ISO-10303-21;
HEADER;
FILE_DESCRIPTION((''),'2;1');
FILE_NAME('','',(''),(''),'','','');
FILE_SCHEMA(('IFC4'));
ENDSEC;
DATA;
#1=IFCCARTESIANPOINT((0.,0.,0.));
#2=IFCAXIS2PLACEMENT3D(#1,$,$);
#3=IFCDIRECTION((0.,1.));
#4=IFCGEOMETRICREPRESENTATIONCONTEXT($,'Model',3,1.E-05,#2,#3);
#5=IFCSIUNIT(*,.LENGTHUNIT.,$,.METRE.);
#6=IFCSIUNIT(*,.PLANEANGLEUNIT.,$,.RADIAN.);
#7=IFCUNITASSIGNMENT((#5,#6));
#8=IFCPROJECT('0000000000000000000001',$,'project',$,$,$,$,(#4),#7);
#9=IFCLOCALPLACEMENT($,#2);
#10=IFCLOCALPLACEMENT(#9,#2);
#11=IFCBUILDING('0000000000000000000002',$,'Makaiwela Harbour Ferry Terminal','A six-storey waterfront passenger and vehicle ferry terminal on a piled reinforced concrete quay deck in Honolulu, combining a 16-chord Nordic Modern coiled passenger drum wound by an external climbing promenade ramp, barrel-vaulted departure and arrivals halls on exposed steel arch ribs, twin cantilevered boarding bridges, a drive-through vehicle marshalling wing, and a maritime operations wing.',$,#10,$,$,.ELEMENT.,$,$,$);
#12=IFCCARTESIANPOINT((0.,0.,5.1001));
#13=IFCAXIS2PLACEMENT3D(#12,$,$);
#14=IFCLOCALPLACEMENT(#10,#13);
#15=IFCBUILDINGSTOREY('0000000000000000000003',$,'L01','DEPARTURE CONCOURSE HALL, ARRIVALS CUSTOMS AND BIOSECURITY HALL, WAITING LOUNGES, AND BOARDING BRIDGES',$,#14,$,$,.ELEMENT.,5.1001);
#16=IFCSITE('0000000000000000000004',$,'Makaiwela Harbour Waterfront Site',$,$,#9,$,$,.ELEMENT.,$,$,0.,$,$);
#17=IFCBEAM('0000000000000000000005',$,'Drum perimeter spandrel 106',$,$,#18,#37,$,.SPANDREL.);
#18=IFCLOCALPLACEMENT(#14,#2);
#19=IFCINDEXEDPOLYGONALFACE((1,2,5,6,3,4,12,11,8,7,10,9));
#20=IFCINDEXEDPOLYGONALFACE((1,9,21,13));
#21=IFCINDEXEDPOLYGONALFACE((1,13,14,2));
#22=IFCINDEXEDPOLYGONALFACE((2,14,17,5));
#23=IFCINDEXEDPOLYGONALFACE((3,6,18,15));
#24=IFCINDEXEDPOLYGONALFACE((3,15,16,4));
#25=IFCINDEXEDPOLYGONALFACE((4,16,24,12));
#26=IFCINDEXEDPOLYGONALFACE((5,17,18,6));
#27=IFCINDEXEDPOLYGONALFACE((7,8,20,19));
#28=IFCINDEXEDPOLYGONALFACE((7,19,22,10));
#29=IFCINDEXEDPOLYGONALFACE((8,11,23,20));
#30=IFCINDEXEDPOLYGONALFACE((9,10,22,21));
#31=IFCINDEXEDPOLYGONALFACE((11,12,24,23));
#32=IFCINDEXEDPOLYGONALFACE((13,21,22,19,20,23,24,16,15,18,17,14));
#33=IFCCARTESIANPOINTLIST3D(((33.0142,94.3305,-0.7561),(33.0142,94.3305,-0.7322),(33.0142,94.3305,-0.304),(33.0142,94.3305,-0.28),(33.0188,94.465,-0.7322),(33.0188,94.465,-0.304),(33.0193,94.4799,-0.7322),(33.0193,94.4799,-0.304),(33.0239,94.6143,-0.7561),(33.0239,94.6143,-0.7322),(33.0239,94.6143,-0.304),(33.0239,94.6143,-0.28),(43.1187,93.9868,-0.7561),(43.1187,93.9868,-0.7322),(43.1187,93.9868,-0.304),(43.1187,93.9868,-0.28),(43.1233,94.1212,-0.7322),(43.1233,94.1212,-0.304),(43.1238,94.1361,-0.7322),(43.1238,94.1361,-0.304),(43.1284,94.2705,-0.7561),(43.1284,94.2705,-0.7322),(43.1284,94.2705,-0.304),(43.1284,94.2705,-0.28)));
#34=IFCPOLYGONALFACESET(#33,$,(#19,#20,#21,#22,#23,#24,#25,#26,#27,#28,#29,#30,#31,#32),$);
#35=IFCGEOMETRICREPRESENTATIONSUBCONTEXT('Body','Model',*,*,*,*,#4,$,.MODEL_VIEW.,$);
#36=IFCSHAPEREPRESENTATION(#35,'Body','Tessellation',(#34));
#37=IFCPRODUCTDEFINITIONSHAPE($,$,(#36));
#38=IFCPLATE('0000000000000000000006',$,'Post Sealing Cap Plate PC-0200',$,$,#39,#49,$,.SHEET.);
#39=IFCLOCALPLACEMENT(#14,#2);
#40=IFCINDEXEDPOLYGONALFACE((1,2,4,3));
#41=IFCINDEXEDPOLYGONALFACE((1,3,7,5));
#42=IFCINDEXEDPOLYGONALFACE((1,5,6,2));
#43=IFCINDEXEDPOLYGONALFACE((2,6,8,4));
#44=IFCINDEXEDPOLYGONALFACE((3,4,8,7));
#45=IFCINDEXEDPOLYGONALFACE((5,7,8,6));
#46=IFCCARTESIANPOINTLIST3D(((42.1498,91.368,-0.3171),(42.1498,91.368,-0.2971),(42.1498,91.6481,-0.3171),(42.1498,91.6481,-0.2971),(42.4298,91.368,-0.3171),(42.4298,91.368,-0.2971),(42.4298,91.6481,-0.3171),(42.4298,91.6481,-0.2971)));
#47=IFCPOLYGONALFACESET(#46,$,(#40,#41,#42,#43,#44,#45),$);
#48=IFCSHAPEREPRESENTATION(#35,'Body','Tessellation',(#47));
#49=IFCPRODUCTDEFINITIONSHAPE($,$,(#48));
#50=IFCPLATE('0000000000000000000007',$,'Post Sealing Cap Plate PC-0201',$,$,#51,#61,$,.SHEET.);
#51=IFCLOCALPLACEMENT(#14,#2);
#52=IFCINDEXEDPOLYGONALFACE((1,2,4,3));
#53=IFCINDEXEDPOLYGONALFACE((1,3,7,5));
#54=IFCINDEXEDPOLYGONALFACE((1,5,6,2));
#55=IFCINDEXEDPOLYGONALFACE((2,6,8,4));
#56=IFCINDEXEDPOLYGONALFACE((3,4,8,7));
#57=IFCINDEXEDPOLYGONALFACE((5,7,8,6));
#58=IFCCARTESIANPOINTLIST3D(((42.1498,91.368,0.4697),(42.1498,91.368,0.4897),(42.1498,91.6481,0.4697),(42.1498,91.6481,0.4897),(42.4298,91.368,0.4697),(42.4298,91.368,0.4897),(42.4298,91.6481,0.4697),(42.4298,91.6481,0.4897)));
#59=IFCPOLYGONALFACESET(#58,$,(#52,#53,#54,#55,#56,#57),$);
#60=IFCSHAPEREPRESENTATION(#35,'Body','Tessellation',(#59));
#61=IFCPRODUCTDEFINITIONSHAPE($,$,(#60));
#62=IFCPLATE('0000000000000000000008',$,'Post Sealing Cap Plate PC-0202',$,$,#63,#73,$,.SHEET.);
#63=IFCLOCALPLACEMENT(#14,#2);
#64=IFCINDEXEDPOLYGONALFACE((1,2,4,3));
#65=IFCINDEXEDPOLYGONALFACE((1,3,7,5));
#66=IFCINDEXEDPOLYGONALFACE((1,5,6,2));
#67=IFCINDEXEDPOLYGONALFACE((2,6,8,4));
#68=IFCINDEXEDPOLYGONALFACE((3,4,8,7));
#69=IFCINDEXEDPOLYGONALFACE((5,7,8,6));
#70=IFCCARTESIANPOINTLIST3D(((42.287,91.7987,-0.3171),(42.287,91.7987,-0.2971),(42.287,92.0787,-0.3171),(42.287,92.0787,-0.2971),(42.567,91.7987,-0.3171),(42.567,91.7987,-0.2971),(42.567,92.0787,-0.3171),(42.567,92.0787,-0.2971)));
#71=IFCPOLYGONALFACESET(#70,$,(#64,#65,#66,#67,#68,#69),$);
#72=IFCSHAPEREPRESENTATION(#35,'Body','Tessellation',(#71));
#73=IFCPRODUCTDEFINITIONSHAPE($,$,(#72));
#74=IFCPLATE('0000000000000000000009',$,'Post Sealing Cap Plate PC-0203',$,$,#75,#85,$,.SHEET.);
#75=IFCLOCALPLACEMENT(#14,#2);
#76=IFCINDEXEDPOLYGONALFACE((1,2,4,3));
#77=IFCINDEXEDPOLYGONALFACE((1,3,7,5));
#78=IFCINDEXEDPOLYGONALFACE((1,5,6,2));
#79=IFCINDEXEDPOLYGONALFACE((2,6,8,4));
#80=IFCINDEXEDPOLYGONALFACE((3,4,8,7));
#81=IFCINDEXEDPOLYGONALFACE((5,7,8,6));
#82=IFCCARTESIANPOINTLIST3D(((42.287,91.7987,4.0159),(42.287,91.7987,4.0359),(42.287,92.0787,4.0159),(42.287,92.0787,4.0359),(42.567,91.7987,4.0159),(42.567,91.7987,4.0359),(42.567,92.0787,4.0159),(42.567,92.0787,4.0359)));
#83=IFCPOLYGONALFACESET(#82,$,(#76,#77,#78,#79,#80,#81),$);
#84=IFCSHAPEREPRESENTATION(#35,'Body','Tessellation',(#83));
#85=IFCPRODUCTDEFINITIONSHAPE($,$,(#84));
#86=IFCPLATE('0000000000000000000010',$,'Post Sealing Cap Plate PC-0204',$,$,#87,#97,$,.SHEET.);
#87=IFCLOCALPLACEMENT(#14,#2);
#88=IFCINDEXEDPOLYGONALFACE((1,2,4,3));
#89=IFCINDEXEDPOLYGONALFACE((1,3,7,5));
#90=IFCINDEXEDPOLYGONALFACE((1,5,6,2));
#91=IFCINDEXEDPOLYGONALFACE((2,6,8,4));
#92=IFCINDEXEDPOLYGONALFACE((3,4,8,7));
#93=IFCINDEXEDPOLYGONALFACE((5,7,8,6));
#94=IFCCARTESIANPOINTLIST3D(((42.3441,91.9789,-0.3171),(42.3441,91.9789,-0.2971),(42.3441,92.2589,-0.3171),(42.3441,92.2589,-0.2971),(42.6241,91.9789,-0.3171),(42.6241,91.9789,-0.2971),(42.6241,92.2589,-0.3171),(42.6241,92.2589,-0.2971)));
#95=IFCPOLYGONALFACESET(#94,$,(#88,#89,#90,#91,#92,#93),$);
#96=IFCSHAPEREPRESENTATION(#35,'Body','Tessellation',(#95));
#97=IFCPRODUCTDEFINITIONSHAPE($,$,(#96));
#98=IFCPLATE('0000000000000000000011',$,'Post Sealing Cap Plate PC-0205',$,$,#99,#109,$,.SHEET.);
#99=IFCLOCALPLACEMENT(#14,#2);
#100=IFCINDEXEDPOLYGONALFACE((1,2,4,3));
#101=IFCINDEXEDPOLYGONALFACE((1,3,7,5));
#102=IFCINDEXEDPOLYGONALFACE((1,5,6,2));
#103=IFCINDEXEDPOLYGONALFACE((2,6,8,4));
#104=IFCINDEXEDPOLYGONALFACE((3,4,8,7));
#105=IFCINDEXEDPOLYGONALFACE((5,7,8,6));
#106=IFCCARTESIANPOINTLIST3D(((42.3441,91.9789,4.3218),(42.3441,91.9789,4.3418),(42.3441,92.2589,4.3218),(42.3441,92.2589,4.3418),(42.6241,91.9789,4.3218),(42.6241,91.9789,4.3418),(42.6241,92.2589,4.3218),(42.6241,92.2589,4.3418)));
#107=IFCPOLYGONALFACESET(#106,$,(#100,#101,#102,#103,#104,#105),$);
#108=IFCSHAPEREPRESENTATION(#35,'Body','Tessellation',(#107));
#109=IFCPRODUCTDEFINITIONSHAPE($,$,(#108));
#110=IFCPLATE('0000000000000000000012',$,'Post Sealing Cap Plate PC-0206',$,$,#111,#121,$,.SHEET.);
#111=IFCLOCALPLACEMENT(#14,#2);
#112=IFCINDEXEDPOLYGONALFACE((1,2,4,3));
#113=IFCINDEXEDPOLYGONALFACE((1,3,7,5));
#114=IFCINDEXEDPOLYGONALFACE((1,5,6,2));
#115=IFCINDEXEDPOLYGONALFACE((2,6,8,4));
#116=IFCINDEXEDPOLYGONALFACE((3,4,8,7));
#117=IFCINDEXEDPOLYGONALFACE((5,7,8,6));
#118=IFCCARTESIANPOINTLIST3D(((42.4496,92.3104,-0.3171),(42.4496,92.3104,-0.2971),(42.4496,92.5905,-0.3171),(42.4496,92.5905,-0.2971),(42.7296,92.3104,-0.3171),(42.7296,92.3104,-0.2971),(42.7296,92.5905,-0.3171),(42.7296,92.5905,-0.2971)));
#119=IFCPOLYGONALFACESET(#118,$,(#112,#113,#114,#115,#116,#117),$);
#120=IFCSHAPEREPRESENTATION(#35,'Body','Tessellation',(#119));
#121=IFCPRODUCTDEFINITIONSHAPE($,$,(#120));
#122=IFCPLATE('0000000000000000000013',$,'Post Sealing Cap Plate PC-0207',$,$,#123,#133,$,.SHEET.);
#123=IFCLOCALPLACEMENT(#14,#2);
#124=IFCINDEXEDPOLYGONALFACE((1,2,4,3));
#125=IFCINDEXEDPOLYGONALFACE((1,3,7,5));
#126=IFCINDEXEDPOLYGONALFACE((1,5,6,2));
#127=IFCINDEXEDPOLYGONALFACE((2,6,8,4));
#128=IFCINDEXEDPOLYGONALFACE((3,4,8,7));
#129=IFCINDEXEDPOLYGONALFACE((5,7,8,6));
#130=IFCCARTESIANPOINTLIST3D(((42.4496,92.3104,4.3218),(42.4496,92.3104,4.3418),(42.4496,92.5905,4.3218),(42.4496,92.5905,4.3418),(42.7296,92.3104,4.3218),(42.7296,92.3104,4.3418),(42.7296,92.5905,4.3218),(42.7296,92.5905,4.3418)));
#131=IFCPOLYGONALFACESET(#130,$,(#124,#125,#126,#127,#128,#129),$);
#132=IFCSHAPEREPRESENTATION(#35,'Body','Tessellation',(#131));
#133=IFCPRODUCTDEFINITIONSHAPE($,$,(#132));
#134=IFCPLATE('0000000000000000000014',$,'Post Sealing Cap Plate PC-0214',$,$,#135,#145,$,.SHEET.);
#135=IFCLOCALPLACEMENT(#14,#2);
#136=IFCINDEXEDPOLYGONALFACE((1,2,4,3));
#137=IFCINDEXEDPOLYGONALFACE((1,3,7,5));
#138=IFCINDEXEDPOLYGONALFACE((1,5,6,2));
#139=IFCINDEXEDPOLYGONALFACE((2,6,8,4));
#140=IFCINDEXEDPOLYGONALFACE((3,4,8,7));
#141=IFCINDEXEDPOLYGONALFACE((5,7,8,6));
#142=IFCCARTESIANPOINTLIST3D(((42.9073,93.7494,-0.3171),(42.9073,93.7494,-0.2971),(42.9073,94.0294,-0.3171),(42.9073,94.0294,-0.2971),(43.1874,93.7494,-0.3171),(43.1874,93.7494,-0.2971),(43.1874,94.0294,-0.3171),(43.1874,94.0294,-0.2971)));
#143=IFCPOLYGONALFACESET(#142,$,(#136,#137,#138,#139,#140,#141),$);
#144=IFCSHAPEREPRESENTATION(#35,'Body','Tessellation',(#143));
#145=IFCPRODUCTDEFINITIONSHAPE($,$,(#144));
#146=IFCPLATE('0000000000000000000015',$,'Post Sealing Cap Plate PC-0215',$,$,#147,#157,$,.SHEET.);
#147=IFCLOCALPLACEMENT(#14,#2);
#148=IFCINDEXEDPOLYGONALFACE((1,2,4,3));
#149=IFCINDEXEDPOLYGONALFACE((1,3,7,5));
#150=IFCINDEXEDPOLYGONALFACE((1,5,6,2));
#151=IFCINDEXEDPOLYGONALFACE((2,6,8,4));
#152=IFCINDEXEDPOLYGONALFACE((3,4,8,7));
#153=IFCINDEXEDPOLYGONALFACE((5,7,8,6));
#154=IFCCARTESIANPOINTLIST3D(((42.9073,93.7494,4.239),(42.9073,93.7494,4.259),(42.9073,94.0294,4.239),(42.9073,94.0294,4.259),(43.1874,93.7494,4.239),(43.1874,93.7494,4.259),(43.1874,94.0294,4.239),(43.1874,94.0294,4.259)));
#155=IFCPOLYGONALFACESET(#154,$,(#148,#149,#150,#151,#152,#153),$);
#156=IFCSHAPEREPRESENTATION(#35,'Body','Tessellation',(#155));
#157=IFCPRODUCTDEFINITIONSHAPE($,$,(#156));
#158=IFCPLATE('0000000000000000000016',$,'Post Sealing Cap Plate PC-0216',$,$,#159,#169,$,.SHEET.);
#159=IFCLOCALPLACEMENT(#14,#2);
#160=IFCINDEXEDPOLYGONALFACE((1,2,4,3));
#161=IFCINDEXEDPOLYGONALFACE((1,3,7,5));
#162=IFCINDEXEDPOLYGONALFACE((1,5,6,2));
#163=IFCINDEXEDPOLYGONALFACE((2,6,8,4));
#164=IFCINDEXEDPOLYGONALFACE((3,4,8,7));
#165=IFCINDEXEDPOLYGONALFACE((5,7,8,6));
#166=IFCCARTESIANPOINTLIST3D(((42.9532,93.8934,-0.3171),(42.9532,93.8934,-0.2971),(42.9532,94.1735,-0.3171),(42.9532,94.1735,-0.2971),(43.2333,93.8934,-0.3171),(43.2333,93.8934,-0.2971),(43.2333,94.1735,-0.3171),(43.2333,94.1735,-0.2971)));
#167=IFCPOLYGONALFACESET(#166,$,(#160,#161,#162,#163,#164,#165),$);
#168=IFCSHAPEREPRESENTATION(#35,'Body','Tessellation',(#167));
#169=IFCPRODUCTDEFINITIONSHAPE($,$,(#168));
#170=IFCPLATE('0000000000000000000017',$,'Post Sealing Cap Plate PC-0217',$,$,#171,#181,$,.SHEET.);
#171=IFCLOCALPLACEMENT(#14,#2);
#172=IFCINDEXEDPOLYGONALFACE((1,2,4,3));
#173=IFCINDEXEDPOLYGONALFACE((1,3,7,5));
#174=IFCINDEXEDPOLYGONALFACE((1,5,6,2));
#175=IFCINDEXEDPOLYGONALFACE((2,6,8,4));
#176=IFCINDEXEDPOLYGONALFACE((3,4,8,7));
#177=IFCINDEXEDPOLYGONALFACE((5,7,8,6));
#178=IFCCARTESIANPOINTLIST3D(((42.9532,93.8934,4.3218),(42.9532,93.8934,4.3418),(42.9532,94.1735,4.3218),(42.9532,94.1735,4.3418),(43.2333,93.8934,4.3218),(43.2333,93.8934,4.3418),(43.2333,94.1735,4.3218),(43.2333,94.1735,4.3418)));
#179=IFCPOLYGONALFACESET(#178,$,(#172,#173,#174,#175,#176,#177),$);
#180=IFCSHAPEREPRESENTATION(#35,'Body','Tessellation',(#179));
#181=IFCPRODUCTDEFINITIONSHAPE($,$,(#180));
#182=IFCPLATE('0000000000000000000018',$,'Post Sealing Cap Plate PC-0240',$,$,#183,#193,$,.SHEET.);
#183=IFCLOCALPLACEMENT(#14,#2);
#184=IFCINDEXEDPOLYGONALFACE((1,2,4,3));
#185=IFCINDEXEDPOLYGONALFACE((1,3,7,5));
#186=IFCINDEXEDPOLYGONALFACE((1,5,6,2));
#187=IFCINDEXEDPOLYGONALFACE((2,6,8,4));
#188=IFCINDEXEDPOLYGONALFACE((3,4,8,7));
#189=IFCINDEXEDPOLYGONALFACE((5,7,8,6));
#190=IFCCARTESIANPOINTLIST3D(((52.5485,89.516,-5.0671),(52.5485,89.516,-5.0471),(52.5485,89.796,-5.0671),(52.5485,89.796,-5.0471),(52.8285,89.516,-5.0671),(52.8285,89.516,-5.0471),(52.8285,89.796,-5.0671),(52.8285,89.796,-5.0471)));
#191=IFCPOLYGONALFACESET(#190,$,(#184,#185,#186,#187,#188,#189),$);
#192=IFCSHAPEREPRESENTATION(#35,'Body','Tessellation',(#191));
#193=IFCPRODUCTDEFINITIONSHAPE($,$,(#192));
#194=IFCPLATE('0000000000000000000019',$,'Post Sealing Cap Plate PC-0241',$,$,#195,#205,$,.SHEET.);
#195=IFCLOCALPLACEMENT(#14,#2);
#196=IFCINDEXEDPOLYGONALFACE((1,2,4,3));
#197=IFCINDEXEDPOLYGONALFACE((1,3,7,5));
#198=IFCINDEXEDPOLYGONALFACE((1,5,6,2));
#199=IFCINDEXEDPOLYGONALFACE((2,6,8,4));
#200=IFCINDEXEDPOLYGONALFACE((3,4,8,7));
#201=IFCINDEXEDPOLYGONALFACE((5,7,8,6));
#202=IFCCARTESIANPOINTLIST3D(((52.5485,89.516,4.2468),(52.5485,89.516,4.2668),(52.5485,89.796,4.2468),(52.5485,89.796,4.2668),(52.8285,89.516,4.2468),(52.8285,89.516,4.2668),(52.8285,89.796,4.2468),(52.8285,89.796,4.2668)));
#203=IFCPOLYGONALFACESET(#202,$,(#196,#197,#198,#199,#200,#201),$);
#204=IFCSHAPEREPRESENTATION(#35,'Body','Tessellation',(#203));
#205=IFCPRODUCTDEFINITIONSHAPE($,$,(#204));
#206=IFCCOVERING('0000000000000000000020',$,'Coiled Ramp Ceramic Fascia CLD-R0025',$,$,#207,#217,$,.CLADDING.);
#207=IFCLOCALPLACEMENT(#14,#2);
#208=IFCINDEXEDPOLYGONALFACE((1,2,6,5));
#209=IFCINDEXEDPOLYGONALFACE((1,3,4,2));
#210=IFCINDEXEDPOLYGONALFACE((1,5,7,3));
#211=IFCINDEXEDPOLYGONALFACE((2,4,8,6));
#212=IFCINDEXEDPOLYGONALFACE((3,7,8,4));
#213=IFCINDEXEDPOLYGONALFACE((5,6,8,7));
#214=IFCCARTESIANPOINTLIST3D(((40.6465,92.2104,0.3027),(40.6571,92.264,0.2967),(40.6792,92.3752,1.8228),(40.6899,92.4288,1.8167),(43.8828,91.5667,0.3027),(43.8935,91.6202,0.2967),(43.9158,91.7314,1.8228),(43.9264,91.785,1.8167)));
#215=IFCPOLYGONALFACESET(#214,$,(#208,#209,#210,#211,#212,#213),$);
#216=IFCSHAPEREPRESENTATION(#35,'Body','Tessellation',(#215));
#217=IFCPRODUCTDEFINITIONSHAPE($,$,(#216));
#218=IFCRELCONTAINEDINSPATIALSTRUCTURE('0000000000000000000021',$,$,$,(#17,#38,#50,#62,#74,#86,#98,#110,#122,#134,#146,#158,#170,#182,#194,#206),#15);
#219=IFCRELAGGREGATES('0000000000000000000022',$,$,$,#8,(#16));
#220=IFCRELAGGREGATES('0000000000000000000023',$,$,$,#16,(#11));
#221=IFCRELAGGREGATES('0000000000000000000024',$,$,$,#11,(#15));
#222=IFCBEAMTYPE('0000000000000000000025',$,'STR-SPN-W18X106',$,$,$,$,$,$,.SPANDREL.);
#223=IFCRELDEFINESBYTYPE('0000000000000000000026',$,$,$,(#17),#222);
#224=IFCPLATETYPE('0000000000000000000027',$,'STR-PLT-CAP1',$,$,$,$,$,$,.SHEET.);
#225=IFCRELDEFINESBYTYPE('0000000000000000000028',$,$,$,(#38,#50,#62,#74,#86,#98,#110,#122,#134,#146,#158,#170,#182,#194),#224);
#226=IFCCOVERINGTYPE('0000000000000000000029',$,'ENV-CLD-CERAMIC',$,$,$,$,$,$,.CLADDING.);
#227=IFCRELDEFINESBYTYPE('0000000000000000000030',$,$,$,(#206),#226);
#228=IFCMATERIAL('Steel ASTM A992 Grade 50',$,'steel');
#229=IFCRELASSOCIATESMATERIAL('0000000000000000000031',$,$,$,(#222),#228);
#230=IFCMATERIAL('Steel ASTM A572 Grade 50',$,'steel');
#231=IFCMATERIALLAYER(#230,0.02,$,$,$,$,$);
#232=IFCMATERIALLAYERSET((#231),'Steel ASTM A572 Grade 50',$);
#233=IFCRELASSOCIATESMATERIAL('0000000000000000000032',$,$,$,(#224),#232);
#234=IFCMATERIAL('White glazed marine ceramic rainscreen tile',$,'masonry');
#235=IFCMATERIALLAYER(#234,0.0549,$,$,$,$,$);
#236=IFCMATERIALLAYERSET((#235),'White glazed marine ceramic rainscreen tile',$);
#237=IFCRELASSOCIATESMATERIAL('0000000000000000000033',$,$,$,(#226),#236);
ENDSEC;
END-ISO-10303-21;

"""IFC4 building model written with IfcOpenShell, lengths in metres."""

from ifc_helpers import new_model, si_unit, direction, frame, origin, origin_2d, place, context, subcontext, project, spatial, polyline, rectangle, i_section, outline, extrude, material, layer, layer_set, material_profile, profile_set, type_object, element, save


model = new_model("IFC4")

# Units and contexts
model_context = context("Model", 3, precision=1e-05, world=origin(), true_north=direction((0.0, 1.0)))
body_context = subcontext(model_context, "Body", "Model", "MODEL_VIEW")
ifc_project = project(units=[si_unit("LENGTHUNIT", "METRE"), si_unit("PLANEANGLEUNIT", "RADIAN")], contexts=[model_context])

# Site, building, storey
site_placement = place(None, origin())
site = spatial("IfcSite", under=ifc_project, at=site_placement, Name="Makaiwela Harbour Waterfront Site", CompositionType="ELEMENT", RefElevation=0.0)
building_placement = place(site_placement, origin())
building = spatial("IfcBuilding", under=site, at=building_placement, Name="Makaiwela Harbour Ferry Terminal", Description="A six-storey waterfront passenger and vehicle ferry terminal on a piled reinforced concrete quay deck in Honolulu, combining a 16-chord Nordic Modern coiled passenger drum wound by an external climbing promenade ramp, barrel-vaulted departure and arrivals halls on exposed steel arch ribs, twin cantilevered boarding bridges, a drive-through vehicle marshalling wing, and a maritime operations wing.", CompositionType="ELEMENT")
storey_placement = place(building_placement, frame((0.0, 0.0, 5.1001)))
storey = spatial("IfcBuildingStorey", under=building, at=storey_placement, Name="L01", Description="DEPARTURE CONCOURSE HALL, ARRIVALS CUSTOMS AND BIOSECURITY HALL, WAITING LOUNGES, AND BOARDING BRIDGES", CompositionType="ELEMENT", Elevation=5.1001)

# Shared definitions
ifc_material_1 = material(Name="Steel ASTM A992 Grade 50", Category="steel")

# Beam
ifc_material_profile_1 = material_profile(ifc_material_1, i_section(OverallWidth=0.2839, OverallDepth=0.4761, WebThickness=0.0149, FlangeThickness=0.0239, at=origin_2d()), Name="W18X106")
ifc_profile_set_1 = profile_set([ifc_material_profile_1], Name="Steel ASTM A992 Grade 50")
beam_type_1 = type_object("IfcBeamType", Name="STR-SPN-W18X106", PredefinedType="SPANDREL", material=ifc_profile_set_1)
beam_1_placement = place(storey_placement, frame((43.1235, 94.1287, -0.5181), z_axis=(-0.999422, 0.034, 0.0), x_axis=(-0.034, -0.999422, 0.0)))
element("IfcBeam", 1, at=beam_1_placement, inside=storey, type_object=beam_type_1, Name="Drum perimeter spandrel 106", PredefinedType="SPANDREL", context=body_context, shape_type="SweptSolid", body=[
    extrude(i_section(OverallWidth=0.2839, OverallDepth=0.4761, WebThickness=0.0149, FlangeThickness=0.0239, at=origin_2d()), origin(), (0.0, 0.0, 1.0), 10.1104),
])

# Plates
ifc_material_2 = material(Name="Steel ASTM A572 Grade 50", Category="steel")
ifc_layer_1 = layer(ifc_material_2, 0.02)
ifc_layer_set_1 = layer_set([ifc_layer_1], Name="Steel ASTM A572 Grade 50")
plate_type = type_object("IfcPlateType", Name="STR-PLT-CAP1", PredefinedType="SHEET", material=ifc_layer_set_1)
for number, where, z_axis, x_axis, name in (
    (2, (42.2898, 91.5081, -0.3171), (0.0, 0.0, 1.0), (1.0, 0.0, 0.0), "Post Sealing Cap Plate PC-0200"),
    (3, (42.2898, 91.5081, 0.4697), (0.0, 0.0, 1.0), (1.0, 0.0, 0.0), "Post Sealing Cap Plate PC-0201"),
    (4, (42.427, 91.9387, -0.3171), (0.0, 0.0, 1.0), (1.0, 0.0, 0.0), "Post Sealing Cap Plate PC-0202"),
    (5, (42.427, 91.9387, 4.0159), (0.0, 0.0, 1.0), (1.0, 0.0, 0.0), "Post Sealing Cap Plate PC-0203"),
    (6, (42.4841, 92.1189, -0.3171), (0.0, 0.0, 1.0), (1.0, 0.0, 0.0), "Post Sealing Cap Plate PC-0204"),
    (7, (42.4841, 92.1189, 4.3218), (0.0, 0.0, 1.0), (1.0, 0.0, 0.0), "Post Sealing Cap Plate PC-0205"),
    (8, (42.5896, 92.4504, -0.3171), (0.0, 0.0, 1.0), (1.0, 0.0, 0.0), "Post Sealing Cap Plate PC-0206"),
    (9, (42.5896, 92.4504, 4.3218), (0.0, 0.0, 1.0), (1.0, 0.0, 0.0), "Post Sealing Cap Plate PC-0207"),
    (10, (43.0474, 93.8894, -0.3171), (0.0, 0.0, 1.0), (1.0, 0.0, 0.0), "Post Sealing Cap Plate PC-0214"),
    (11, (43.0474, 93.8894, 4.239), (0.0, 0.0, 1.0), (1.0, 0.0, 0.0), "Post Sealing Cap Plate PC-0215"),
    (12, (43.0933, 94.0334, -0.3171), (0.0, 0.0, 1.0), (1.0, 0.0, 0.0), "Post Sealing Cap Plate PC-0216"),
    (13, (43.0933, 94.0334, 4.3218), (0.0, 0.0, 1.0), (1.0, 0.0, 0.0), "Post Sealing Cap Plate PC-0217"),
    (14, (52.6885, 89.656, -5.0671), (0.0, 0.0, 1.0), (1.0, 0.0, 0.0), "Post Sealing Cap Plate PC-0240"),
    (15, (52.6885, 89.656, 4.2468), (0.0, 0.0, 1.0), (1.0, 0.0, 0.0), "Post Sealing Cap Plate PC-0241"),
):
    element("IfcPlate", number, at=place(storey_placement, frame(where, z_axis=z_axis, x_axis=x_axis)), inside=storey, type_object=plate_type, Name=name, PredefinedType="SHEET", context=body_context, shape_type="SweptSolid", body=[
        extrude(rectangle(XDim=0.28, YDim=0.28, at=origin_2d()), origin(), (0.0, 0.0, 1.0), 0.02),
    ])

# Covering
ifc_material_3 = material(Name="White glazed marine ceramic rainscreen tile", Category="masonry")
ifc_layer_2 = layer(ifc_material_3, 0.0549)
ifc_layer_set_2 = layer_set([ifc_layer_2], Name="White glazed marine ceramic rainscreen tile")
covering_type = type_object("IfcCoveringType", Name="ENV-CLD-CERAMIC", PredefinedType="CLADDING", material=ifc_layer_set_2)
covering_placement = place(storey_placement, frame((43.8828, 91.5667, 0.3027), z_axis=(-0.193917, -0.974845, 0.109878), x_axis=(-0.980784, 0.195099, 0.000001)))
element("IfcCovering", 16, at=covering_placement, inside=storey, type_object=covering_type, Name="Coiled Ramp Ceramic Fascia CLD-R0025", PredefinedType="CLADDING", context=body_context, shape_type="SweptSolid", body=[
    extrude(outline(polyline([(0.0, 0.0), (3.2997, 0.0), (3.2998, -1.5293), (-0.0002, -1.5293), (0.0, 0.0)])), origin(), (0.0, 0.0, -1.0), 0.0549),
])

save(model, "model.ifc")
